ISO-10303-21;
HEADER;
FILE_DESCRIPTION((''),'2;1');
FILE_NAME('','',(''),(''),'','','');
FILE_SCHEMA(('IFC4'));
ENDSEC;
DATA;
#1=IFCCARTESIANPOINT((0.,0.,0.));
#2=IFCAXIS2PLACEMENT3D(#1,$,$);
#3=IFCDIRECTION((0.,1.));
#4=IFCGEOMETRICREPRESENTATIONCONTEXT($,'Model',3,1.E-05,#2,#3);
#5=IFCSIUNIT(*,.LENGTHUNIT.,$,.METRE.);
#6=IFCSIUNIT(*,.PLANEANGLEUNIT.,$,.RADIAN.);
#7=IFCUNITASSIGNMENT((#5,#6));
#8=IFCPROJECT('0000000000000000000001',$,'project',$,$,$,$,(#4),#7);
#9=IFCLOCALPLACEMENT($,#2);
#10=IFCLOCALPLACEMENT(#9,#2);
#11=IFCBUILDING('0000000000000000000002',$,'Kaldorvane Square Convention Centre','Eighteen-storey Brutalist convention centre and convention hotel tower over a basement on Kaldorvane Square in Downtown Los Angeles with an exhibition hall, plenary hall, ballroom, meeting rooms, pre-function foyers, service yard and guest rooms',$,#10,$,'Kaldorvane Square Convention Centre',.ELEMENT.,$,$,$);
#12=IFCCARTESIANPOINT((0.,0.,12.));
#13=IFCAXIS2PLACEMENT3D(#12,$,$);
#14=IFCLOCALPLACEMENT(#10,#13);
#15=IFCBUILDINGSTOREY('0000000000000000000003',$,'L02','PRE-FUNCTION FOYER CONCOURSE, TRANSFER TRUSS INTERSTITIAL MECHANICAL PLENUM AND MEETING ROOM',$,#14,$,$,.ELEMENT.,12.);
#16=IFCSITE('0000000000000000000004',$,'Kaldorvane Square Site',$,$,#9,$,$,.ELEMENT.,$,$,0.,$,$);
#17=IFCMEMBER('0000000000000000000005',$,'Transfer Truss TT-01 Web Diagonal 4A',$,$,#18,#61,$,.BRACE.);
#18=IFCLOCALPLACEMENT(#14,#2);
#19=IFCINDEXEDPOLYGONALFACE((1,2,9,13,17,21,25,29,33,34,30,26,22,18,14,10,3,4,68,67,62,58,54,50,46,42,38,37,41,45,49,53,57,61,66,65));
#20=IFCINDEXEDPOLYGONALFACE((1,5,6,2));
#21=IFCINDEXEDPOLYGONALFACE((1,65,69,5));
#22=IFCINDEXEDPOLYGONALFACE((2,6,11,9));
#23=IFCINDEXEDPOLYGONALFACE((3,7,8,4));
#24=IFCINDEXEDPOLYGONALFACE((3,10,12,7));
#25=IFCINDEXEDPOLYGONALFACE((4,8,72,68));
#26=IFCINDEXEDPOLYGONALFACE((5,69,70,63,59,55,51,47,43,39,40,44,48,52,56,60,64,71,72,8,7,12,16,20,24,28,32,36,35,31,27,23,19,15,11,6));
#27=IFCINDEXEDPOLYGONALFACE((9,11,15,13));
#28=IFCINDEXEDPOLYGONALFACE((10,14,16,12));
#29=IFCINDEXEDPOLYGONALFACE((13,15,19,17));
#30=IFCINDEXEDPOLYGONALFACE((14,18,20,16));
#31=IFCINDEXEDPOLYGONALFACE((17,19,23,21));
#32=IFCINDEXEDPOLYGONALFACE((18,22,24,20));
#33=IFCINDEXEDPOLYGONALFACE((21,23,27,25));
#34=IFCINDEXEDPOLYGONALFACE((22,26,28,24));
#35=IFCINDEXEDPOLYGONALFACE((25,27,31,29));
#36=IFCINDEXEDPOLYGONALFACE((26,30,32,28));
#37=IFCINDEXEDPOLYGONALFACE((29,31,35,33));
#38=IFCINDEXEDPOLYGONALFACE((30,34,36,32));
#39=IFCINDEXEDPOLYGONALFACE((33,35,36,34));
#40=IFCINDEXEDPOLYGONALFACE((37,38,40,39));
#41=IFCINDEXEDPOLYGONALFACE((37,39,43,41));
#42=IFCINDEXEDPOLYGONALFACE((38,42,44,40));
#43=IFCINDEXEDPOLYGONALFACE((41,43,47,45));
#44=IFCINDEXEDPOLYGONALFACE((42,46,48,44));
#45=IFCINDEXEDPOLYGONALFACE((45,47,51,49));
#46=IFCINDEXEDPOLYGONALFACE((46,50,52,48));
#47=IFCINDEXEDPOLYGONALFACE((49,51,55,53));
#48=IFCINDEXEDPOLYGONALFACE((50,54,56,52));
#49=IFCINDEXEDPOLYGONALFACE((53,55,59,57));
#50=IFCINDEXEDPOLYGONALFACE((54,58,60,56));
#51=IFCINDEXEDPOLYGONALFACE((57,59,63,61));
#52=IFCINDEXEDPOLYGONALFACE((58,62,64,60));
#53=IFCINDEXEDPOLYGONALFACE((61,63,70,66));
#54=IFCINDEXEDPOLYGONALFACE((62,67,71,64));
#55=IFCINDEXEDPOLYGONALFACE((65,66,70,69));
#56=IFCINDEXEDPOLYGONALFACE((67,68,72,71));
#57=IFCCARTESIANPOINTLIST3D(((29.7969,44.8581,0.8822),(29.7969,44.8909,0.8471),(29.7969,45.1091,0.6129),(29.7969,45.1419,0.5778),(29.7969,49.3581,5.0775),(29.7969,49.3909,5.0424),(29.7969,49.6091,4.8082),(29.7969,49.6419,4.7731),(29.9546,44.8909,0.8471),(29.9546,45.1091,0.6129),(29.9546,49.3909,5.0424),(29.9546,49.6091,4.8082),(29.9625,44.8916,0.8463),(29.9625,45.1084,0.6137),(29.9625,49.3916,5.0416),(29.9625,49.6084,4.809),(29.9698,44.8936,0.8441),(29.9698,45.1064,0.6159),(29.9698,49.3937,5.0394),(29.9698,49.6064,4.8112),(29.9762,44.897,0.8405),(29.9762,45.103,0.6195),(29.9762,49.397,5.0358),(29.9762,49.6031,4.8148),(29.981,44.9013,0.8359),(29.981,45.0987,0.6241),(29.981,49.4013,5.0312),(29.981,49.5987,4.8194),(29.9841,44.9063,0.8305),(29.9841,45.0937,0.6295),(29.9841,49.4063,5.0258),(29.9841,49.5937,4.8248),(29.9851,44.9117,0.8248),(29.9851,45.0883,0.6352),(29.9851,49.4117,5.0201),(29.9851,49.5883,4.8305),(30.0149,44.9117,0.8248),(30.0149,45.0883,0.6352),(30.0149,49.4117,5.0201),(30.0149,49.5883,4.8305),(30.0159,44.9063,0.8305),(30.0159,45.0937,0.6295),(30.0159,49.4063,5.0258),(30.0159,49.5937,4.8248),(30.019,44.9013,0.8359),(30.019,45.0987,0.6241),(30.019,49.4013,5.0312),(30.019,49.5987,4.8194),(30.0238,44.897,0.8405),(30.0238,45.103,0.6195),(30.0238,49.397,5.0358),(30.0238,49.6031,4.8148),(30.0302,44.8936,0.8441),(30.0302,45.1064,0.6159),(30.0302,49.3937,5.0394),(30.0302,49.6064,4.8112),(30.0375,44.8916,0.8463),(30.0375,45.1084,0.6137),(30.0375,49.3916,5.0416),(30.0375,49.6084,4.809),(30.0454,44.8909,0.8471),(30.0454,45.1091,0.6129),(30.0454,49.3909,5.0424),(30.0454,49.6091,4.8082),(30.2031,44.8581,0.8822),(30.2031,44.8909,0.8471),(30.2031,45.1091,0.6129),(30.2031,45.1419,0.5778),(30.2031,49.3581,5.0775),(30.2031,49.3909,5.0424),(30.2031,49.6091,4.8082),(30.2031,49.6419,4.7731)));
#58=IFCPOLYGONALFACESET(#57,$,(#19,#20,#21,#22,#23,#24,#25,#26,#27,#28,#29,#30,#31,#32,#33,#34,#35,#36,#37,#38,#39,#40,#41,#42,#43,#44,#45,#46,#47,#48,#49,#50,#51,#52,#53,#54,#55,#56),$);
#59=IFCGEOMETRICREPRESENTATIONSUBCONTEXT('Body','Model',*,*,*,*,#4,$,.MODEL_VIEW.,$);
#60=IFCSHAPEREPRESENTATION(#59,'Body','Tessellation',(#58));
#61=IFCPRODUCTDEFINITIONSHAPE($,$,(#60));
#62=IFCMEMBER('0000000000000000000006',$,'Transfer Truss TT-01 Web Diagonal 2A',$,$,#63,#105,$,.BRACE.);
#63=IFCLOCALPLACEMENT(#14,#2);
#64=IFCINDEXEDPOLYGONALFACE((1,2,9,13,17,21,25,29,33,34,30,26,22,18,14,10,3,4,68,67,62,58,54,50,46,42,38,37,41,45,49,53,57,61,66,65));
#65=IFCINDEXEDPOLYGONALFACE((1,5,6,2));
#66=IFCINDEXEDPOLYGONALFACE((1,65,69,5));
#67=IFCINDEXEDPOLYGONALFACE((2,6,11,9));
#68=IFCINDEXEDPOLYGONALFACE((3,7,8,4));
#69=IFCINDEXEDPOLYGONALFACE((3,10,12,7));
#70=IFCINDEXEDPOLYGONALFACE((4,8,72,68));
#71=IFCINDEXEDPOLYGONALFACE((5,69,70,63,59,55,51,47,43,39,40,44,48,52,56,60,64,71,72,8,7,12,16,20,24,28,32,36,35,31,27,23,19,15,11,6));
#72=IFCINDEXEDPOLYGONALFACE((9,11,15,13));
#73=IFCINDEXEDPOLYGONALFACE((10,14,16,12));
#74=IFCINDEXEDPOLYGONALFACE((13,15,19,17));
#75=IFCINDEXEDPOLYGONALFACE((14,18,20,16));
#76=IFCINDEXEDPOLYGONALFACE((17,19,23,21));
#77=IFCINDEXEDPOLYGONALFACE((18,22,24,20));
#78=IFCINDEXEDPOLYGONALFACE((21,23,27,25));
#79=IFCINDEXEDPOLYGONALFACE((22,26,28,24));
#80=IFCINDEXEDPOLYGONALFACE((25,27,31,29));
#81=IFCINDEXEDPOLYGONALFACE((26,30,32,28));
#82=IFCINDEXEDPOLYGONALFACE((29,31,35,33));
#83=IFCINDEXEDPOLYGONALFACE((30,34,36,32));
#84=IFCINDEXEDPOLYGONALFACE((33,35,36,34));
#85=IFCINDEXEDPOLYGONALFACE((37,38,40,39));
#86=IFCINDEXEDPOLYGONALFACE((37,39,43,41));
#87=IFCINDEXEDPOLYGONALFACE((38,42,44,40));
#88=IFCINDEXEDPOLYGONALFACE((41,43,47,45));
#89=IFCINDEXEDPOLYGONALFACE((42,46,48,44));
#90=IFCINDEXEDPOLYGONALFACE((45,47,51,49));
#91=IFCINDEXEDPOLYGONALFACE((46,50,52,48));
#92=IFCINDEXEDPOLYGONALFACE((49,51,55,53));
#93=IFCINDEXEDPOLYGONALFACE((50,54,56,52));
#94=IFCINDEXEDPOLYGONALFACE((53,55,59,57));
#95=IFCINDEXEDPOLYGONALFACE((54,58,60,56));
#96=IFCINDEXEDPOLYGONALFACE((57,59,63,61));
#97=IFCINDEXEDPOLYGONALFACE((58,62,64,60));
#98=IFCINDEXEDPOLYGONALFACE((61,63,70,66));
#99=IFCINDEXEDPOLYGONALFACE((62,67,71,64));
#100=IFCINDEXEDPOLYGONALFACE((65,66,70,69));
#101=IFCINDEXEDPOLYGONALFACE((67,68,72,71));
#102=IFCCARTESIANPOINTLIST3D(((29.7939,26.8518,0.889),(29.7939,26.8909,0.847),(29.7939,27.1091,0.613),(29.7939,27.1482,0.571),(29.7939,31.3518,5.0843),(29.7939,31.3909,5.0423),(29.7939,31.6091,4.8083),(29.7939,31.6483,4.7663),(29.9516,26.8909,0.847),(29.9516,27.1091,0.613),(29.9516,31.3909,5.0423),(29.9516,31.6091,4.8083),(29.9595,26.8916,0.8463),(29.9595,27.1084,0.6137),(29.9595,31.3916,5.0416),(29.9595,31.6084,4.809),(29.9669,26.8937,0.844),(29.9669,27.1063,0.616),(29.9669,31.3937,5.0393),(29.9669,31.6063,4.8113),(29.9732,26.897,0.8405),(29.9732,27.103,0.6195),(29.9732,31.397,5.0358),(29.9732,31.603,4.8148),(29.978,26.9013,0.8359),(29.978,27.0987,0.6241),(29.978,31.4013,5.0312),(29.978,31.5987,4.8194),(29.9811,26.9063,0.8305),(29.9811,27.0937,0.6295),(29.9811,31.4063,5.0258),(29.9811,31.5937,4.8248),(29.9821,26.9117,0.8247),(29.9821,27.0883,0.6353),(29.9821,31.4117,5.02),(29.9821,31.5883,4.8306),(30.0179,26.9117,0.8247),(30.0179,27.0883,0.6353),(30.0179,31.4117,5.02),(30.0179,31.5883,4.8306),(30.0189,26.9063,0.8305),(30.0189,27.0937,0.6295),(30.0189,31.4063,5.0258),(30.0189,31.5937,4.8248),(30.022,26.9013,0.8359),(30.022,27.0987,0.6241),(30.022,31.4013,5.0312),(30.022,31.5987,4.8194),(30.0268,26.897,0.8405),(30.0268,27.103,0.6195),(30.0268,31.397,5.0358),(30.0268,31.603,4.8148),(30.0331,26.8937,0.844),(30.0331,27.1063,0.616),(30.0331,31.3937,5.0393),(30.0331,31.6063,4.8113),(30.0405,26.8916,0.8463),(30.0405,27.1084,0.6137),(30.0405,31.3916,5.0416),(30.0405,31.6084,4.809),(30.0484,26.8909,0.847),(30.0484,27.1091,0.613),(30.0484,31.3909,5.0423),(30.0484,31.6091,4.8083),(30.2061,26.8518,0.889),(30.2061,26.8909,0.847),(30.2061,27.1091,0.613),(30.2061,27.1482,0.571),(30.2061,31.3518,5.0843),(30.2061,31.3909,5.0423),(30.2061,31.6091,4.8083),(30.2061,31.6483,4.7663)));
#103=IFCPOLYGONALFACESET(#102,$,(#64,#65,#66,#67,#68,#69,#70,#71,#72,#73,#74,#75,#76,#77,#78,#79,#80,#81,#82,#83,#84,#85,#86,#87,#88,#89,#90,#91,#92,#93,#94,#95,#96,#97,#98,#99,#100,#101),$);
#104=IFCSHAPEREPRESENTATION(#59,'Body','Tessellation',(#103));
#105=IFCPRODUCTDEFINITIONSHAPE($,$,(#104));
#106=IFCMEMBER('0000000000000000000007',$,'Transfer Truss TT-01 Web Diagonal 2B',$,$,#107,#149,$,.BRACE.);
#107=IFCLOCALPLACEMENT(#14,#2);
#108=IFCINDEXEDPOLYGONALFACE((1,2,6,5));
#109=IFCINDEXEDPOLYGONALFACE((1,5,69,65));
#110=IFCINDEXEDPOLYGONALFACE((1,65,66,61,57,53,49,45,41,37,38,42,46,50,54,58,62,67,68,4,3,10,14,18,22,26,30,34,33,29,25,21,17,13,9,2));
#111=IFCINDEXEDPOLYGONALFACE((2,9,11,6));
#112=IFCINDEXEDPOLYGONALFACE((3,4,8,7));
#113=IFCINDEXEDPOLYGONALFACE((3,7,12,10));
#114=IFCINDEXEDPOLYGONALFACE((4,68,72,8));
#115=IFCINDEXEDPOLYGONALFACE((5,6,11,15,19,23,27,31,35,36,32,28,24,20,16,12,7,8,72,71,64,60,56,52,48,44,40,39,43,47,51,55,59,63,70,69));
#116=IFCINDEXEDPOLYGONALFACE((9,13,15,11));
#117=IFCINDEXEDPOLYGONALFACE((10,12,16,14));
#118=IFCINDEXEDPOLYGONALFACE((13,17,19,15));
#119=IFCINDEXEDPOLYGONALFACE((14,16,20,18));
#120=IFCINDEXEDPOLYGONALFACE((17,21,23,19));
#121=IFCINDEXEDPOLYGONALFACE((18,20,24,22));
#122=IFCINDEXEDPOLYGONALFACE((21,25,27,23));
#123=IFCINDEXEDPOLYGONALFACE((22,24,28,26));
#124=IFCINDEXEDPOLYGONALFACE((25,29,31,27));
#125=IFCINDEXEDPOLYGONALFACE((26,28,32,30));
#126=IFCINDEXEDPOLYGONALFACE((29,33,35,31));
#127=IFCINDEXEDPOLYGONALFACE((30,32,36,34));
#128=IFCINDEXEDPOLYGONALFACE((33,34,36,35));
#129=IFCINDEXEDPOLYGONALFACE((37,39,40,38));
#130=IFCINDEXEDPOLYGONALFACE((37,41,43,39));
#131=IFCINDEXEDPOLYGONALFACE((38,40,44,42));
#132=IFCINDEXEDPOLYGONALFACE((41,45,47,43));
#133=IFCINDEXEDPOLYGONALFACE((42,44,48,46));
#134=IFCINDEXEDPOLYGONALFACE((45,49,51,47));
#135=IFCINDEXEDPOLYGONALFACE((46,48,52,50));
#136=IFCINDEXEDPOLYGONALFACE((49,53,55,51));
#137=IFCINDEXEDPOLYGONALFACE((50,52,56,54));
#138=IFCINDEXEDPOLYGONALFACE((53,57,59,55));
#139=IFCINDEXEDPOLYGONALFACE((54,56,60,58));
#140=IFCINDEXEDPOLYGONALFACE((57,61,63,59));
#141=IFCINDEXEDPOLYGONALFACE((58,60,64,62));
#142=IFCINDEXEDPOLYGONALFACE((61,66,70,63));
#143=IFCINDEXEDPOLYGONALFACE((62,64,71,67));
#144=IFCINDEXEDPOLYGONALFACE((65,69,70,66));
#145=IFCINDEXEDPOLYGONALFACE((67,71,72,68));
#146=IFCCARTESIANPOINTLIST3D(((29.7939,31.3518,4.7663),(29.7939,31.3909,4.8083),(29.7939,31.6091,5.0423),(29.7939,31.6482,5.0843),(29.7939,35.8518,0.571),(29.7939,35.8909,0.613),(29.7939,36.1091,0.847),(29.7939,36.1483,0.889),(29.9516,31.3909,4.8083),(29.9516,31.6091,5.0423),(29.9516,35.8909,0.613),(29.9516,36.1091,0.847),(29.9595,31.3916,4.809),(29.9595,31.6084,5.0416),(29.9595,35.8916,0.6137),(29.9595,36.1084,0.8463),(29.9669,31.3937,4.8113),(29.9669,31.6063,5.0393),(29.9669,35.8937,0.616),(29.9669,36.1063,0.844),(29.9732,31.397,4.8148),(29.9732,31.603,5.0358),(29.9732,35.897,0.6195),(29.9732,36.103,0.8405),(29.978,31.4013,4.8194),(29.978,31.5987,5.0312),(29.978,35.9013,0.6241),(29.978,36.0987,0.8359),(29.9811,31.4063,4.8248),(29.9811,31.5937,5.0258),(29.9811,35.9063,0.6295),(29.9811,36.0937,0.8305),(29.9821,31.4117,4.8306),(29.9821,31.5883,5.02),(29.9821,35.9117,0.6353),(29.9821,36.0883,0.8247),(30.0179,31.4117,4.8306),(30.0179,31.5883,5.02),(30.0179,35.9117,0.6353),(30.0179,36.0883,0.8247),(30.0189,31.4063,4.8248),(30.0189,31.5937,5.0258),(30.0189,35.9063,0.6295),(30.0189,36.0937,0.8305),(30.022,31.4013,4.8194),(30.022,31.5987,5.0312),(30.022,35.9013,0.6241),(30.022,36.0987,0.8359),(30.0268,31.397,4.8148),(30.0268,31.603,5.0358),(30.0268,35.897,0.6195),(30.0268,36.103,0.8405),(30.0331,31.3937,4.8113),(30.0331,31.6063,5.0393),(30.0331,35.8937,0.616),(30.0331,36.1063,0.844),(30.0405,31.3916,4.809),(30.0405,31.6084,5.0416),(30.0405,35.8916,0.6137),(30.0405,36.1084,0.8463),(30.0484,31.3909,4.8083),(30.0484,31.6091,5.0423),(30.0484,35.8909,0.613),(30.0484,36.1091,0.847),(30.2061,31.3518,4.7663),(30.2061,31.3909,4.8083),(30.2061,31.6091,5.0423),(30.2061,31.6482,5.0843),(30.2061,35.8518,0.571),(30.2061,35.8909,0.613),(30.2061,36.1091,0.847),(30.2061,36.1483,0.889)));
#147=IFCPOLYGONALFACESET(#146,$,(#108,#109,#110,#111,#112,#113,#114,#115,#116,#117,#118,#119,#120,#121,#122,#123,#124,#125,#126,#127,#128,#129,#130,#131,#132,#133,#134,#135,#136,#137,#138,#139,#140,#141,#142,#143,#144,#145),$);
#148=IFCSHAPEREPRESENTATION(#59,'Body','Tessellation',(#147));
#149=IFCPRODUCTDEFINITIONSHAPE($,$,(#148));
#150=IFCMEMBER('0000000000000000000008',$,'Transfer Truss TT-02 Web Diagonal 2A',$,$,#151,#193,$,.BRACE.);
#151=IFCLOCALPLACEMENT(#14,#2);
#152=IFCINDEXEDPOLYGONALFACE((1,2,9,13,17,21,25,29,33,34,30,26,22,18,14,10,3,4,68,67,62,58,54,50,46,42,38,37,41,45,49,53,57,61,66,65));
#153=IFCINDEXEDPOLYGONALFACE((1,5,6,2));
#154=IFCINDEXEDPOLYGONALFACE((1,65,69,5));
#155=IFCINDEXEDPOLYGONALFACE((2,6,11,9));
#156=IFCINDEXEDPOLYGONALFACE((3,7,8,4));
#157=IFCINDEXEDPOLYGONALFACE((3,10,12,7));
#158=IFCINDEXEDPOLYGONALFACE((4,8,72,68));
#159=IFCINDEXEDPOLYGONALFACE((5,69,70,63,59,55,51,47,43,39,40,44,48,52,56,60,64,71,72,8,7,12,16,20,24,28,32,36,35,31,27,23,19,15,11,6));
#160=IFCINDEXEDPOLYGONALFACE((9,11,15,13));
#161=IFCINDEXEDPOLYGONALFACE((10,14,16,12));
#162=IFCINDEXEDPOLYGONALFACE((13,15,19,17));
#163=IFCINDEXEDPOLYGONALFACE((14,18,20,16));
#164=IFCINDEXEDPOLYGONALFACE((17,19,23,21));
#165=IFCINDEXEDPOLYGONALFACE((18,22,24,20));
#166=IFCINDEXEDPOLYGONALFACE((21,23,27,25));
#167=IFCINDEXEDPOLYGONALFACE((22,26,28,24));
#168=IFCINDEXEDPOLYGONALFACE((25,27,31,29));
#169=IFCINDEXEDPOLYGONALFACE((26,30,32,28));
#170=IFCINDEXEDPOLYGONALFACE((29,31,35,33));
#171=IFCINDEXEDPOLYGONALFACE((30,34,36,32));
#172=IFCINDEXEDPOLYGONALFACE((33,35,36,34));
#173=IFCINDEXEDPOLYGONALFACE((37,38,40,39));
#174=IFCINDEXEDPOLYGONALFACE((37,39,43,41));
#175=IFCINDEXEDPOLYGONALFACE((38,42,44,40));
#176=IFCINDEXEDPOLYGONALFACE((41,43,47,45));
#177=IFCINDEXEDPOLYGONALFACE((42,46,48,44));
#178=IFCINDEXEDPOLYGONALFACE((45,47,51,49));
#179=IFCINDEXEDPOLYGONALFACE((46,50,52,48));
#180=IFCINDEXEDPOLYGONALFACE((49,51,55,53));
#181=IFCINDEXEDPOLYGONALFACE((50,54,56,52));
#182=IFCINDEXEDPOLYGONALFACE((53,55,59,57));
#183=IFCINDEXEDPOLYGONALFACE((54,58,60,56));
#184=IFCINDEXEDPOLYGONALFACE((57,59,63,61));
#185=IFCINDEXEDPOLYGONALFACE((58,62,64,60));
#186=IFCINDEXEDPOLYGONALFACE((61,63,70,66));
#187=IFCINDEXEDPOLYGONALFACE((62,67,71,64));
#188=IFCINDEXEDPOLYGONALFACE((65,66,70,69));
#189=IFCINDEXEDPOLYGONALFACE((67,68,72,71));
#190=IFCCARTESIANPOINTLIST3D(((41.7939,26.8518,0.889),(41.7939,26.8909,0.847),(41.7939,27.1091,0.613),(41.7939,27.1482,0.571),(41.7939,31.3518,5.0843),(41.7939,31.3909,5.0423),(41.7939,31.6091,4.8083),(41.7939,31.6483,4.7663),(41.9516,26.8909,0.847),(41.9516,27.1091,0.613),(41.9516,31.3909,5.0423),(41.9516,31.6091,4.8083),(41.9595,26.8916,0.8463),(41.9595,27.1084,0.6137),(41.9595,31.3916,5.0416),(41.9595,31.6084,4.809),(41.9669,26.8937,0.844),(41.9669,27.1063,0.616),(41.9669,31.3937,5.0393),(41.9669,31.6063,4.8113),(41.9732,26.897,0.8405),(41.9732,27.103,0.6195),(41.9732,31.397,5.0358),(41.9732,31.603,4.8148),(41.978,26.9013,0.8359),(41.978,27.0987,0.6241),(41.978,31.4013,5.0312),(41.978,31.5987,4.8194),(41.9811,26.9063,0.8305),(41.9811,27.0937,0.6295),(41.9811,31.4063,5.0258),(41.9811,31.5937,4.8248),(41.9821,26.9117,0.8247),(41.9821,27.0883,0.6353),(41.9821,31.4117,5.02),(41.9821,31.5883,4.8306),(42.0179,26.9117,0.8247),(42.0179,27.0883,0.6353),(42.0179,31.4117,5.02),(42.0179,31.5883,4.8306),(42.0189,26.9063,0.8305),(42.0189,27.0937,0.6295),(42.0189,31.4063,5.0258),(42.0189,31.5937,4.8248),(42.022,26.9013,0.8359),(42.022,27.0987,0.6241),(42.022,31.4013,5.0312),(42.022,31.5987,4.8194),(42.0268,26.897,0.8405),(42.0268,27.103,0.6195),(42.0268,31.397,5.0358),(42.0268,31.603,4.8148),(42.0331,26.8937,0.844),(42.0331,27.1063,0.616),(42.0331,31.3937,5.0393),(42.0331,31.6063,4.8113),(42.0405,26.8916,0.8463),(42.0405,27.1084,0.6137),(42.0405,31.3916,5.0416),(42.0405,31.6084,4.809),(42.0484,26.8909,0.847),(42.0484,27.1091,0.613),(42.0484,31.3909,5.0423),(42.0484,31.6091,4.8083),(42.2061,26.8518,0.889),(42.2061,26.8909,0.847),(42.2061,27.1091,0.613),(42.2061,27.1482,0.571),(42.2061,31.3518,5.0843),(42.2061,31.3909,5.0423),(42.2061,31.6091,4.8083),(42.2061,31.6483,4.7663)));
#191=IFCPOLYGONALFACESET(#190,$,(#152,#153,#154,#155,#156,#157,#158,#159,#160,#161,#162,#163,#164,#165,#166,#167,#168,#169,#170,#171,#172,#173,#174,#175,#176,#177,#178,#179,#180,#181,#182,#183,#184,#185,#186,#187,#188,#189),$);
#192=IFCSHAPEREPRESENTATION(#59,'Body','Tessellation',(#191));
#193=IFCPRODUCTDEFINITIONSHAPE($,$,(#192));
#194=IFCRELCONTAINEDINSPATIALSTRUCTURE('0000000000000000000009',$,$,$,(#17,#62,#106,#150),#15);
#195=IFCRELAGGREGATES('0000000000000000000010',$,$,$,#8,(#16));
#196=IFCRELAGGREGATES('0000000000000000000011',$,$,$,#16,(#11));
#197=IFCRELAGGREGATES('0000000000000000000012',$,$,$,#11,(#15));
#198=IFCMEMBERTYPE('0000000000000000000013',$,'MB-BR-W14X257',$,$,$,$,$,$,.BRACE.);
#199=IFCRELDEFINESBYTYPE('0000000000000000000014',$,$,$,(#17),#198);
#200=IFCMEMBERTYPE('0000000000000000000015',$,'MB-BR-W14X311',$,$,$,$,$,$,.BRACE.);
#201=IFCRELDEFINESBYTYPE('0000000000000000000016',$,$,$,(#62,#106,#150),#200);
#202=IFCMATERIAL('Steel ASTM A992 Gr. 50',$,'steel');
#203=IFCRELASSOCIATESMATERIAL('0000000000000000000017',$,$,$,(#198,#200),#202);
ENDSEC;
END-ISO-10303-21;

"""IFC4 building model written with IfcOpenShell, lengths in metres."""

from ifc_helpers import new_model, si_unit, direction, frame, origin, origin_2d, place, context, subcontext, project, spatial, i_section, extrude, material, material_profile, profile_set, type_object, element, save


model = new_model("IFC4")

# Units and contexts
model_context = context("Model", 3, precision=1e-05, world=origin(), true_north=direction((0.0, 1.0)))
body_context = subcontext(model_context, "Body", "Model", "MODEL_VIEW")
ifc_project = project(units=[si_unit("LENGTHUNIT", "METRE"), si_unit("PLANEANGLEUNIT", "RADIAN")], contexts=[model_context])

# Site, building, storey
site_placement = place(None, origin())
site = spatial("IfcSite", under=ifc_project, at=site_placement, Name="Kaldorvane Square Site", CompositionType="ELEMENT", RefElevation=0.0)
building_placement = place(site_placement, origin())
building = spatial("IfcBuilding", under=site, at=building_placement, Name="Kaldorvane Square Convention Centre", Description="Eighteen-storey Brutalist convention centre and convention hotel tower over a basement on Kaldorvane Square in Downtown Los Angeles with an exhibition hall, plenary hall, ballroom, meeting rooms, pre-function foyers, service yard and guest rooms", LongName="Kaldorvane Square Convention Centre", CompositionType="ELEMENT")
storey_placement = place(building_placement, frame((0.0, 0.0, 12.0)))
storey = spatial("IfcBuildingStorey", under=building, at=storey_placement, Name="L02", Description="PRE-FUNCTION FOYER CONCOURSE, TRANSFER TRUSS INTERSTITIAL MECHANICAL PLENUM AND MEETING ROOM", CompositionType="ELEMENT", Elevation=12.0)

# Shared definitions
ifc_material_1 = material(Name="Steel ASTM A992 Gr. 50", Category="steel")

# Members
ifc_material_profile_1 = material_profile(ifc_material_1, i_section(OverallWidth=0.4063, OverallDepth=0.4161, WebThickness=0.0298, FlangeThickness=0.048, FilletRadius=0.0305, at=origin_2d()), Name="W14X257")
ifc_profile_set_1 = profile_set([ifc_material_profile_1], Name="Steel ASTM A992 Gr. 50")
member_type_1 = type_object("IfcMemberType", Name="MB-BR-W14X257", PredefinedType="BRACE", material=ifc_profile_set_1)
for number, where, z_axis, x_axis, name in (
    (1, (30.0, 45.0, 0.73), (0.0, 0.731436, 0.68191), (-1.0, 0.0, 0.0), "Transfer Truss TT-01 Web Diagonal 4A"),
):
    element("IfcMember", number, at=place(storey_placement, frame(where, z_axis=z_axis, x_axis=x_axis)), inside=storey, type_object=member_type_1, Name=name, PredefinedType="BRACE", context=body_context, shape_type="SweptSolid", body=[
        extrude(i_section(OverallWidth=0.4063, OverallDepth=0.4161, WebThickness=0.0298, FlangeThickness=0.048, FilletRadius=0.0305, at=origin_2d()), origin(), (0.0, 0.0, 1.0), 6.1523),
    ])
ifc_material_profile_2 = material_profile(ifc_material_1, i_section(OverallWidth=0.4122, OverallDepth=0.4348, WebThickness=0.0358, FlangeThickness=0.0574, FilletRadius=0.0305, at=origin_2d()), Name="W14X311")
ifc_profile_set_2 = profile_set([ifc_material_profile_2], Name="Steel ASTM A992 Gr. 50")
member_type_2 = type_object("IfcMemberType", Name="MB-BR-W14X311", PredefinedType="BRACE", material=ifc_profile_set_2)
for number, where, z_axis, x_axis, name in (
    (2, (30.0, 27.0, 0.73), (0.0, 0.731436, 0.68191), (-1.0, 0.0, 0.0), "Transfer Truss TT-01 Web Diagonal 2A"),
    (3, (30.0, 31.5, 4.9253), (0.0, 0.731436, -0.68191), (-1.0, 0.0, 0.0), "Transfer Truss TT-01 Web Diagonal 2B"),
    (4, (42.0, 27.0, 0.73), (0.0, 0.731436, 0.68191), (-1.0, 0.0, 0.0), "Transfer Truss TT-02 Web Diagonal 2A"),
):
    element("IfcMember", number, at=place(storey_placement, frame(where, z_axis=z_axis, x_axis=x_axis)), inside=storey, type_object=member_type_2, Name=name, PredefinedType="BRACE", context=body_context, shape_type="SweptSolid", body=[
        extrude(i_section(OverallWidth=0.4122, OverallDepth=0.4348, WebThickness=0.0358, FlangeThickness=0.0574, FilletRadius=0.0305, at=origin_2d()), origin(), (0.0, 0.0, 1.0), 6.1523),
    ])

save(model, "model.ifc")
